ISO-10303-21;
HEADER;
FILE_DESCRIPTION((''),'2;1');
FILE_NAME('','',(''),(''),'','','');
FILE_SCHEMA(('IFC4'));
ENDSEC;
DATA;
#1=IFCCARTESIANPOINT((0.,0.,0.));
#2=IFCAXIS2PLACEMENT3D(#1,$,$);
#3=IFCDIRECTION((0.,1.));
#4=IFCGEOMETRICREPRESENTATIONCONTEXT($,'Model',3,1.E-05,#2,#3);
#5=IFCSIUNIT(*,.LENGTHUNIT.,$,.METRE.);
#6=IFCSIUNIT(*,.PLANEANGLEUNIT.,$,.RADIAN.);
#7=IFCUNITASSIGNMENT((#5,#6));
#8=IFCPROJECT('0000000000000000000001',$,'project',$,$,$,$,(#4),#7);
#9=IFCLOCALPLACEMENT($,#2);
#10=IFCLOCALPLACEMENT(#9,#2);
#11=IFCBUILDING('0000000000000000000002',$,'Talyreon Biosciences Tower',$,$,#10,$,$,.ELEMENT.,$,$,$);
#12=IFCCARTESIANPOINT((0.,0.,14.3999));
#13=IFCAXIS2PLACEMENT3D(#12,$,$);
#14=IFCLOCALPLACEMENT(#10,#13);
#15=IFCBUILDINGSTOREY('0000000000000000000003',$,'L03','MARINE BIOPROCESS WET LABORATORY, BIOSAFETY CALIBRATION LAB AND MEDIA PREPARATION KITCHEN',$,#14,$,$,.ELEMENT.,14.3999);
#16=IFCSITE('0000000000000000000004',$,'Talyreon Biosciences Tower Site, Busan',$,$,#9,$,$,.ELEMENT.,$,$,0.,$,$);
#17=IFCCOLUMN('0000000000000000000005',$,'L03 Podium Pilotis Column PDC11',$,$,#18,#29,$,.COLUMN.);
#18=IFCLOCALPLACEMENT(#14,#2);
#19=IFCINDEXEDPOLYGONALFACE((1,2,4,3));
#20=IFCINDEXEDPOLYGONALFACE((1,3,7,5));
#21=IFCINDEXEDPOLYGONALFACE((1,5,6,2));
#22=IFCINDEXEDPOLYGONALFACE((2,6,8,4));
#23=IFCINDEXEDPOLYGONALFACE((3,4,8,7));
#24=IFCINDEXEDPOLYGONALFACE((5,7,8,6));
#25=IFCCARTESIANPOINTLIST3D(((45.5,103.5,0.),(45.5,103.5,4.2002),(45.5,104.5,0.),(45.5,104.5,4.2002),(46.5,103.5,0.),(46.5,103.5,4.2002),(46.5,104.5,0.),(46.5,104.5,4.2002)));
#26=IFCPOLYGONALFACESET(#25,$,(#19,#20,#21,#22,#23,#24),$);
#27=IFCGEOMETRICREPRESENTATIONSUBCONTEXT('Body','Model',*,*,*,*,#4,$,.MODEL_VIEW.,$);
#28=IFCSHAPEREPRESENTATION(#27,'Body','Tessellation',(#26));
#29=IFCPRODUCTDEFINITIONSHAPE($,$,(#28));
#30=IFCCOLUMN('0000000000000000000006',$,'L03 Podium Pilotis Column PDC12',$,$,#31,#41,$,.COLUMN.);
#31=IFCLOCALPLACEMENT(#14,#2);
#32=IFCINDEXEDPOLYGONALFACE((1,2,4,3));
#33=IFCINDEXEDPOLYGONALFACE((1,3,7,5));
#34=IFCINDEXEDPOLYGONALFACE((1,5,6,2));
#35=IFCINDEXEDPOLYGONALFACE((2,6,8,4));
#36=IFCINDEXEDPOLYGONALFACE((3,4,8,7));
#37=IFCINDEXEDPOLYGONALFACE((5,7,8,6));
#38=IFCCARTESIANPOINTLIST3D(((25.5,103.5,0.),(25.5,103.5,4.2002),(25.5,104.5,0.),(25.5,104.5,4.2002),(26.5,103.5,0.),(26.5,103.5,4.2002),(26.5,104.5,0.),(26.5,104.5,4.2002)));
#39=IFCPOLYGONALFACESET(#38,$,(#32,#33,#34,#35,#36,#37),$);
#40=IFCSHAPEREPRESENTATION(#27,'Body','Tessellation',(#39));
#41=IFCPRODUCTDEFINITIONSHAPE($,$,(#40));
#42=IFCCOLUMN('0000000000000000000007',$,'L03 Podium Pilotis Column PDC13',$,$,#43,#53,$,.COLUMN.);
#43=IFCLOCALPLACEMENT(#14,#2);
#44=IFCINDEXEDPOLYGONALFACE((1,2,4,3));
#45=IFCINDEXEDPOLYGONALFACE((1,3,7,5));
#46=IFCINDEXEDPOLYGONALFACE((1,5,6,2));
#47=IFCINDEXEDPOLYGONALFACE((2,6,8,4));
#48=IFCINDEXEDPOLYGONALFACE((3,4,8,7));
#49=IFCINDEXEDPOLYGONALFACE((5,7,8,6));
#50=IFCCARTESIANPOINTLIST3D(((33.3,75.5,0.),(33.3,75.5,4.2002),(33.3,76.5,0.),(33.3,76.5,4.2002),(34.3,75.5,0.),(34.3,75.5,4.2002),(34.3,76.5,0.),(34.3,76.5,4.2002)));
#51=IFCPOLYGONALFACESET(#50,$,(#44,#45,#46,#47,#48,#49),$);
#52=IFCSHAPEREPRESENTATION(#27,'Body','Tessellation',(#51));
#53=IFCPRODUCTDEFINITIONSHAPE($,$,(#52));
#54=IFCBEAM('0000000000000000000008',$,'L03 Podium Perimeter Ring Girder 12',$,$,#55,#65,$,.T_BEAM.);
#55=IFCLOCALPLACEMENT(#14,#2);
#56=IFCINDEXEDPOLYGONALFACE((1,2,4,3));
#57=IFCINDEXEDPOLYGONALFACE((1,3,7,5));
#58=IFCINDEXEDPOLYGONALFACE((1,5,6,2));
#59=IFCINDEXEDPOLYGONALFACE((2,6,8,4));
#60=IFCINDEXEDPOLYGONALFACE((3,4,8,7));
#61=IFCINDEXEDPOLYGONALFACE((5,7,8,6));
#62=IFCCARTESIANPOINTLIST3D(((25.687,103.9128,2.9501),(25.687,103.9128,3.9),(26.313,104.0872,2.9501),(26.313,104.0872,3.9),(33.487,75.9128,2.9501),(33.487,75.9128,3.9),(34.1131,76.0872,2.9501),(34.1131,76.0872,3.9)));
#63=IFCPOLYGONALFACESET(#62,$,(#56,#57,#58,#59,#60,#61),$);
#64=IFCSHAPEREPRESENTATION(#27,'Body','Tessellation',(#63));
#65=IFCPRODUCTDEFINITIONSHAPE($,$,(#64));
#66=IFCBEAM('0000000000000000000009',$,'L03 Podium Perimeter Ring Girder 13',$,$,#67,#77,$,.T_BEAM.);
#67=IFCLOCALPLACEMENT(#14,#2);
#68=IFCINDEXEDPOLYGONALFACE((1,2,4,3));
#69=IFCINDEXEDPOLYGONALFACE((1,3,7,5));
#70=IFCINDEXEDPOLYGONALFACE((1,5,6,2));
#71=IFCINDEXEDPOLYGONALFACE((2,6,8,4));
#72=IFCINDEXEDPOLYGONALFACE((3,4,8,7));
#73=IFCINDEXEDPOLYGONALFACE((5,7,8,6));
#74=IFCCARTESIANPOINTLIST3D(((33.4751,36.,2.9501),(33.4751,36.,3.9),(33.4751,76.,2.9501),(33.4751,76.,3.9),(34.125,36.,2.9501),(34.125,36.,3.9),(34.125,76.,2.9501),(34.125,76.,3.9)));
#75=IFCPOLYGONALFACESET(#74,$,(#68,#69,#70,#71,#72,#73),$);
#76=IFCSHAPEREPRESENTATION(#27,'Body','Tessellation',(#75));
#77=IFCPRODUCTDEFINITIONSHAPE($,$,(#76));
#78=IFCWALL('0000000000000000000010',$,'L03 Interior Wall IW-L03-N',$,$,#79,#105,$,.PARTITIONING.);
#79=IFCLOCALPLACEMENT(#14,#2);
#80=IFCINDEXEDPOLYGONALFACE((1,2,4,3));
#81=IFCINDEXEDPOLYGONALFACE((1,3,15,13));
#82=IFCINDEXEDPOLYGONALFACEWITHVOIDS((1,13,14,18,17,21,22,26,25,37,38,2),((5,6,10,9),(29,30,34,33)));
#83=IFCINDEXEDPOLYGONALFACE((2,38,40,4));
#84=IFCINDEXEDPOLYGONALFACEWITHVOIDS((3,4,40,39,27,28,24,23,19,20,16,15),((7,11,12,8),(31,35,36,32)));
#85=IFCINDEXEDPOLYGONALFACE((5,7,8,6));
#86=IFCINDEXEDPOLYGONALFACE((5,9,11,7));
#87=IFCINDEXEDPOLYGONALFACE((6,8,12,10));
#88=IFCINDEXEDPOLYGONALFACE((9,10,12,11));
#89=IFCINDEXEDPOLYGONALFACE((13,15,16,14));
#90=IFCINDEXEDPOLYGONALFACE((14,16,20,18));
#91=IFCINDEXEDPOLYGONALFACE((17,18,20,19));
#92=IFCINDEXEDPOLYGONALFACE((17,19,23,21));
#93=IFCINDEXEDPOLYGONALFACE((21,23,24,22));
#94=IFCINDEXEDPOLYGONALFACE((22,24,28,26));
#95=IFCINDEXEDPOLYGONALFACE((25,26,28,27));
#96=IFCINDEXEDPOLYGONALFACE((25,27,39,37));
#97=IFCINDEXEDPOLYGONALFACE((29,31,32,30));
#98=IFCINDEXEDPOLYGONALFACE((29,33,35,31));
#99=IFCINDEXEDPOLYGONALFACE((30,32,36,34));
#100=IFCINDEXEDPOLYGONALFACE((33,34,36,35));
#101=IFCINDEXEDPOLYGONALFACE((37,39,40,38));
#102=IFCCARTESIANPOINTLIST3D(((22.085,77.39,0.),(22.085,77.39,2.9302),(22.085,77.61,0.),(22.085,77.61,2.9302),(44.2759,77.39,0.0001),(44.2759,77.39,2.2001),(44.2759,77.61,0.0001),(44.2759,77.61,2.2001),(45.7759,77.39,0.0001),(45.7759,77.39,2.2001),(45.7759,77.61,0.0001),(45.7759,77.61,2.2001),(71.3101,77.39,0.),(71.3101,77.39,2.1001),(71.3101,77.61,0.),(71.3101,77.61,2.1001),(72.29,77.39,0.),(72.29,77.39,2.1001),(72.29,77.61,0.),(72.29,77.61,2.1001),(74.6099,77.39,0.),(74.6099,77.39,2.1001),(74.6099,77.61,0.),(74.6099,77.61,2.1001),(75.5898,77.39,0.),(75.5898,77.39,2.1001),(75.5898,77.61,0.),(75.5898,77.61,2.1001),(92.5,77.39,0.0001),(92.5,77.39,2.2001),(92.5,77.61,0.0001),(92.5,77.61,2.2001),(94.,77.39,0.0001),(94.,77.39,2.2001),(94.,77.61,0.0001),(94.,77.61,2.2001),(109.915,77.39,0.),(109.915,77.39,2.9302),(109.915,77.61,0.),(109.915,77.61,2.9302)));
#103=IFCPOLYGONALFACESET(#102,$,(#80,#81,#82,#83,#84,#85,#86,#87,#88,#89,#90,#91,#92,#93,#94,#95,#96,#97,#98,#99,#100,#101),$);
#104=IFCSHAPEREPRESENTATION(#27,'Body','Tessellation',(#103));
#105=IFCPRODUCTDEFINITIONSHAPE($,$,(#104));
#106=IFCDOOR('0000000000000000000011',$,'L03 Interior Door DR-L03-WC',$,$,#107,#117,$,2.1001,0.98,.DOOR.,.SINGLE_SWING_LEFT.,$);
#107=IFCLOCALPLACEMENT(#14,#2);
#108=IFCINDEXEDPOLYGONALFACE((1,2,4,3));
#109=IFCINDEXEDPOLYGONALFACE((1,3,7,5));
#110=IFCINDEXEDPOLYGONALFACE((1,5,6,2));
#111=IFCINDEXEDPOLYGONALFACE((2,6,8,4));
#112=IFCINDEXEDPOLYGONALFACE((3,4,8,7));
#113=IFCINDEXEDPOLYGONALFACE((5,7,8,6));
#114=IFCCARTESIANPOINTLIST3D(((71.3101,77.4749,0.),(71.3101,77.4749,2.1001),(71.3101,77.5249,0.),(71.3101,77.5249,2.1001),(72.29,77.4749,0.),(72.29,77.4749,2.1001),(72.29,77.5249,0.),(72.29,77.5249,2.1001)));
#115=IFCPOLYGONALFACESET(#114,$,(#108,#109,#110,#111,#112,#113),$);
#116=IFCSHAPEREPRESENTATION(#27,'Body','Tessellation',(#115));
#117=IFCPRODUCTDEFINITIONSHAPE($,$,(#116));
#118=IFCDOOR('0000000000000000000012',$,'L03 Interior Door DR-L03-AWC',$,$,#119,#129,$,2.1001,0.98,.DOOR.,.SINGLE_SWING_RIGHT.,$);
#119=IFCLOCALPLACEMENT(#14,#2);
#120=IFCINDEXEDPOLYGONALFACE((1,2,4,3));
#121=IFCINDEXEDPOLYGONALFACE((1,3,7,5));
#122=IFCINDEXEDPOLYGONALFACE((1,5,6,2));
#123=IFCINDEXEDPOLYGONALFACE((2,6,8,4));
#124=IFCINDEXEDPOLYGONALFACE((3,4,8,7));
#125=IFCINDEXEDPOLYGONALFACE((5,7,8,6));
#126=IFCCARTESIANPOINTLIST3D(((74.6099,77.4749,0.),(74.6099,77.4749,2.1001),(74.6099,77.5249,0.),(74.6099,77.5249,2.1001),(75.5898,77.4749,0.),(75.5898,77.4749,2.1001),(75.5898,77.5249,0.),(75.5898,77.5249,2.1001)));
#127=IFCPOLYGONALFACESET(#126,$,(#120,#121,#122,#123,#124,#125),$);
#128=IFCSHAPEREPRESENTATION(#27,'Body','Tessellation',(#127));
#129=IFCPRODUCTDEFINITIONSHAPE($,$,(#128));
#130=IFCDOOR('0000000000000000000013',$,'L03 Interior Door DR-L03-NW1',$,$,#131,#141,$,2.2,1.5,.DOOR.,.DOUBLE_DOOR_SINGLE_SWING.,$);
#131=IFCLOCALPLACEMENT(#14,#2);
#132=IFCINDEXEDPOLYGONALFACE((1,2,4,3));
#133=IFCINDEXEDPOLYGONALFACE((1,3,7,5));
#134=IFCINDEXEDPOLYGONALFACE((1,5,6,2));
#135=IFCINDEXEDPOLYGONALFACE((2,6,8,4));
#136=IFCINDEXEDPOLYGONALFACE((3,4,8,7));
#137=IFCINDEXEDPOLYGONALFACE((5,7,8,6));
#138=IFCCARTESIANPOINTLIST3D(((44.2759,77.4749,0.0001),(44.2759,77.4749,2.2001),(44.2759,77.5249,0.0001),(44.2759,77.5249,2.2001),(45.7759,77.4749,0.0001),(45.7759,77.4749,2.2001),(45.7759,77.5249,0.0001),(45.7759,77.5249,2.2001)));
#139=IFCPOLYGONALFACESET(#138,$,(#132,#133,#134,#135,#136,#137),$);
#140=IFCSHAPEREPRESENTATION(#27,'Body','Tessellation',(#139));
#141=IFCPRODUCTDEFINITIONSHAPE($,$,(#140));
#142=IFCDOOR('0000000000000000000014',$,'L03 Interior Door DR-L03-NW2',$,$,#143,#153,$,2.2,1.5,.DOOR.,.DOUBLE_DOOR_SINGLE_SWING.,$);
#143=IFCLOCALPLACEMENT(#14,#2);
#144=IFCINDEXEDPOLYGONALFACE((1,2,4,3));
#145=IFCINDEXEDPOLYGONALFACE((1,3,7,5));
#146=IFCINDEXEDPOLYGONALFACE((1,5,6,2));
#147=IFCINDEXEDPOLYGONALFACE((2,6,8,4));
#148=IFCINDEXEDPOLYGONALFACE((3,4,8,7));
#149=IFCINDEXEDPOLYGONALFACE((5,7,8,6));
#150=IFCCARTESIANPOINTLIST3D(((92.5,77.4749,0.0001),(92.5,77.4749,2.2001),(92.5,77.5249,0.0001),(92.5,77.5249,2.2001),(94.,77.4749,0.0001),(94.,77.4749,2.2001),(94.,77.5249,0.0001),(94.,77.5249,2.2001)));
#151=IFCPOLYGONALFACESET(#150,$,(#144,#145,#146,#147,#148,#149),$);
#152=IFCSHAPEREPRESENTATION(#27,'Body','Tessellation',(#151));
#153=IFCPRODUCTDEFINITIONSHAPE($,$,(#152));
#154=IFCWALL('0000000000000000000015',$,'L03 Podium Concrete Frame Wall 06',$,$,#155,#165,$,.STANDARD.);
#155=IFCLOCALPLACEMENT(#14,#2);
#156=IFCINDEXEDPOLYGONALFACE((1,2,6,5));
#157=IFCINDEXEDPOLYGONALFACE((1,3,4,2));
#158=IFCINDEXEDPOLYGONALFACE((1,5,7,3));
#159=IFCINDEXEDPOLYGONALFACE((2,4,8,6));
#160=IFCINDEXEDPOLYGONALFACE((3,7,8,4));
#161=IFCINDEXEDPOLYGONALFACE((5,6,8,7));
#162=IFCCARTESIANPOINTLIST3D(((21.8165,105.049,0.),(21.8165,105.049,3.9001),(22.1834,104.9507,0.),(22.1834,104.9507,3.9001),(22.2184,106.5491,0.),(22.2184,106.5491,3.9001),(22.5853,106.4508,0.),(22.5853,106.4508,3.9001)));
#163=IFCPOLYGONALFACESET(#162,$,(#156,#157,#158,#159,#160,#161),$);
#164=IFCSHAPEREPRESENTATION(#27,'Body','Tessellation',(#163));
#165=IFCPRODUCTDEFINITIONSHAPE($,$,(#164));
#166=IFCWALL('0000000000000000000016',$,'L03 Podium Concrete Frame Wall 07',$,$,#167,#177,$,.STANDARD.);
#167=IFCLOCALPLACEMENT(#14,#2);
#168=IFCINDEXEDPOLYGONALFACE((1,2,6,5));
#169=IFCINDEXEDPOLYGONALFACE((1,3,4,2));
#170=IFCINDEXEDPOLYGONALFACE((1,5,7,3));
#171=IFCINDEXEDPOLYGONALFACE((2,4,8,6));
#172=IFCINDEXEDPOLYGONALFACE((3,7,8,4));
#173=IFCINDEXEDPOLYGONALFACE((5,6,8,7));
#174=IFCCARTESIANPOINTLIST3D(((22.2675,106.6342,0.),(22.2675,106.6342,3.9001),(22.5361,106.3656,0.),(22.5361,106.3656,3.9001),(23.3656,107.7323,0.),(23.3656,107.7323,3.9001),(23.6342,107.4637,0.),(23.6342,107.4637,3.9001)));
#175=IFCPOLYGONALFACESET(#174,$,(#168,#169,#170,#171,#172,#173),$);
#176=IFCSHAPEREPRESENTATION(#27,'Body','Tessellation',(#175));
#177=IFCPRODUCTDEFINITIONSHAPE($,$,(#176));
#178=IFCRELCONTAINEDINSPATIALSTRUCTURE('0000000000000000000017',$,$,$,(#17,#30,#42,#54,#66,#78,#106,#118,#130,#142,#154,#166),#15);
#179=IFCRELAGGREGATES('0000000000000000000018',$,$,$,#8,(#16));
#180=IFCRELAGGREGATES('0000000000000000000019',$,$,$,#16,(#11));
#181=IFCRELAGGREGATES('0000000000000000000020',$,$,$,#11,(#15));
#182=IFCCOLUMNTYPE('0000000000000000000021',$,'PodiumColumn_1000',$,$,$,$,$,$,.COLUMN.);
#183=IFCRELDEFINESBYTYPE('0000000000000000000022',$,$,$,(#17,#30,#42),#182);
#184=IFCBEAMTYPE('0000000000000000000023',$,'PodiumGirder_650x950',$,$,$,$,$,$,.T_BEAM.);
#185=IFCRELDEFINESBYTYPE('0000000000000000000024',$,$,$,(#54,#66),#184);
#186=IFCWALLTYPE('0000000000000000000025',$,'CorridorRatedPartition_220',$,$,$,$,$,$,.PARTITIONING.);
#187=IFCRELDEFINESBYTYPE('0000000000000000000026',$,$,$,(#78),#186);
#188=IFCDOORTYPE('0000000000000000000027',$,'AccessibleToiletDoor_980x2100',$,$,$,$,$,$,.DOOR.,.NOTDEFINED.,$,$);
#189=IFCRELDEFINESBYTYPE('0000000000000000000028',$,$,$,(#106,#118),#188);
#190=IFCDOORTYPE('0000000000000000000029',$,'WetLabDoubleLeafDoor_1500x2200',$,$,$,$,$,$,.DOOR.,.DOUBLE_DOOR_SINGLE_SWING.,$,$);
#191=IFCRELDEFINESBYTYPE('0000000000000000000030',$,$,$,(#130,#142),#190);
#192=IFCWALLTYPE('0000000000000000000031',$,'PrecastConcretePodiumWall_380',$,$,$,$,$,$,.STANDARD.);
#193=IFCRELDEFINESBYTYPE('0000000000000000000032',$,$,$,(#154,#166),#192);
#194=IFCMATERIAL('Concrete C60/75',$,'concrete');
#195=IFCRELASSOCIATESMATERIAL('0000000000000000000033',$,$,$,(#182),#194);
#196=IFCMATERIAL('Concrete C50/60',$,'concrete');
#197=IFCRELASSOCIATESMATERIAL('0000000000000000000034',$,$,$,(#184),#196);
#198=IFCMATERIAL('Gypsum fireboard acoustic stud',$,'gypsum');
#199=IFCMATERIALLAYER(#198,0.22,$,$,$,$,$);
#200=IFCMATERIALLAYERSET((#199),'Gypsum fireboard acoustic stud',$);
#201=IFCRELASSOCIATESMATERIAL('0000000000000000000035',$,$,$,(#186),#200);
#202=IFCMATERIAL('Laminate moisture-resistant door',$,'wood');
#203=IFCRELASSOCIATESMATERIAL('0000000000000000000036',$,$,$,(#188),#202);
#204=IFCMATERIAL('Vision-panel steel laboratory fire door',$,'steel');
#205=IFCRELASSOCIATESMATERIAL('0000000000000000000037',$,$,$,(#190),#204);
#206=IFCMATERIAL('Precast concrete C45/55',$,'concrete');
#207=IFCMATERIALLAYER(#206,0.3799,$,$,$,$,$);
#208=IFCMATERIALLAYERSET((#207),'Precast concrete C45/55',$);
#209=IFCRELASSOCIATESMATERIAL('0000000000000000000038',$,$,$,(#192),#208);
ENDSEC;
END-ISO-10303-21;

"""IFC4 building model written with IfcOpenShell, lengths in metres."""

from ifc_helpers import new_model, si_unit, direction, frame, frame_2d, origin, origin_2d, place, context, subcontext, project, spatial, rectangle, extrude, material, layer, layer_set, material_profile, profile_set, type_object, element, fill, save


model = new_model("IFC4")

# Units and contexts
model_context = context("Model", 3, precision=1e-05, world=origin(), true_north=direction((0.0, 1.0)))
body_context = subcontext(model_context, "Body", "Model", "MODEL_VIEW")
ifc_project = project(units=[si_unit("LENGTHUNIT", "METRE"), si_unit("PLANEANGLEUNIT", "RADIAN")], contexts=[model_context])

# Site, building, storey
site_placement = place(None, origin())
site = spatial("IfcSite", under=ifc_project, at=site_placement, Name="Talyreon Biosciences Tower Site, Busan", CompositionType="ELEMENT", RefElevation=0.0)
building_placement = place(site_placement, origin())
building = spatial("IfcBuilding", under=site, at=building_placement, Name="Talyreon Biosciences Tower", CompositionType="ELEMENT")
storey_placement = place(building_placement, frame((0.0, 0.0, 14.3999)))
storey = spatial("IfcBuildingStorey", under=building, at=storey_placement, Name="L03", Description="MARINE BIOPROCESS WET LABORATORY, BIOSAFETY CALIBRATION LAB AND MEDIA PREPARATION KITCHEN", CompositionType="ELEMENT", Elevation=14.3999)

# Columns
ifc_material_1 = material(Name="Concrete C60/75", Category="concrete")
ifc_material_profile_1 = material_profile(ifc_material_1, rectangle(XDim=1.0, YDim=1.0, at=origin_2d()), Name="RC 1000x1000")
ifc_profile_set_1 = profile_set([ifc_material_profile_1], Name="Concrete C60/75")
column_type = type_object("IfcColumnType", Name="PodiumColumn_1000", PredefinedType="COLUMN", material=ifc_profile_set_1)
for number, where, z_axis, x_axis, name in (
    (1, (46.0, 104.0, 0.0), (0.0, 0.0, 1.0), (1.0, 0.0, 0.0), "L03 Podium Pilotis Column PDC11"),
    (2, (26.0, 104.0, 0.0), (0.0, 0.0, 1.0), (1.0, 0.0, 0.0), "L03 Podium Pilotis Column PDC12"),
    (3, (33.8, 76.0, 0.0), (0.0, 0.0, 1.0), (1.0, 0.0, 0.0), "L03 Podium Pilotis Column PDC13"),
):
    element("IfcColumn", number, at=place(storey_placement, frame(where, z_axis=z_axis, x_axis=x_axis)), inside=storey, type_object=column_type, Name=name, PredefinedType="COLUMN", context=body_context, shape_type="SweptSolid", body=[
        extrude(rectangle(XDim=1.0, YDim=1.0, at=origin_2d()), origin(), (0.0, 0.0, 1.0), 4.2002),
    ])

# Beams
ifc_material_2 = material(Name="Concrete C50/60", Category="concrete")
ifc_material_profile_2 = material_profile(ifc_material_2, rectangle(XDim=0.6499, YDim=0.95, at=origin_2d()), Name="RCB 650x950")
ifc_profile_set_2 = profile_set([ifc_material_profile_2], Name="Concrete C50/60")
beam_type = type_object("IfcBeamType", Name="PodiumGirder_650x950", PredefinedType="T_BEAM", material=ifc_profile_set_2)
beam_1_placement = place(storey_placement, frame((26.0, 104.0, 3.425), z_axis=(0.268355, -0.96332, 0.0), x_axis=(0.96332, 0.268355, 0.0)))
element("IfcBeam", 4, at=beam_1_placement, inside=storey, type_object=beam_type, Name="L03 Podium Perimeter Ring Girder 12", PredefinedType="T_BEAM", context=body_context, shape_type="SweptSolid", body=[
    extrude(rectangle(XDim=0.6499, YDim=0.95, at=origin_2d()), origin(), (0.0, 0.0, 1.0), 29.0662),
])
beam_2_placement = place(storey_placement, frame((33.8, 76.0, 3.425), z_axis=(0.0, -1.0, 0.0), x_axis=(1.0, 0.0, 0.0)))
element("IfcBeam", 5, at=beam_2_placement, inside=storey, type_object=beam_type, Name="L03 Podium Perimeter Ring Girder 13", PredefinedType="T_BEAM", context=body_context, shape_type="SweptSolid", body=[
    extrude(rectangle(XDim=0.6499, YDim=0.95, at=origin_2d()), origin(), (0.0, 0.0, 1.0), 40.0),
])

# Wall, openings, doors
ifc_material_3 = material(Name="Gypsum fireboard acoustic stud", Category="gypsum")
ifc_layer_1 = layer(ifc_material_3, 0.22)
ifc_layer_set_1 = layer_set([ifc_layer_1], Name="Gypsum fireboard acoustic stud")
wall_type_1 = type_object("IfcWallType", Name="CorridorRatedPartition_220", PredefinedType="PARTITIONING", material=ifc_layer_set_1)
wall_1_placement = place(storey_placement, frame((22.085, 77.5, 0.0), z_axis=(0.0, 0.0, 1.0), x_axis=(1.0, 0.0, 0.0)))
wall_1 = element("IfcWall", 6, at=wall_1_placement, inside=storey, type_object=wall_type_1, Name="L03 Interior Wall IW-L03-N", PredefinedType="PARTITIONING", context=body_context, shape_type="SweptSolid", body=[
    extrude(rectangle(XDim=87.8301, YDim=0.22, at=frame_2d((43.915, 0.0))), origin(), (0.0, 0.0, 1.0), 2.9302),
])
opening_1_placement = place(wall_1_placement, frame((22.1909, 0.0, 0.0)))
opening_1 = element("IfcOpeningElement", 7, at=opening_1_placement, cuts=wall_1, PredefinedType="OPENING", context=body_context, shape_type="SweptSolid", body=[
    extrude(rectangle(XDim=1.5, YDim=2.2, at=frame_2d((0.75, 1.1001))), frame((0.0, 0.1199, 0.0), z_axis=(0.0, -1.0, 0.0), x_axis=(1.0, 0.0, 0.0)), (0.0, 0.0, 1.0), 0.24),
])
opening_2_placement = place(wall_1_placement, frame((49.2251, 0.0, 0.0)))
opening_2 = element("IfcOpeningElement", 8, at=opening_2_placement, cuts=wall_1, PredefinedType="OPENING", context=body_context, shape_type="SweptSolid", body=[
    extrude(rectangle(XDim=0.98, YDim=2.1001, at=frame_2d((0.49, 1.05))), frame((0.0, 0.1199, 0.0), z_axis=(0.0, -1.0, 0.0), x_axis=(1.0, 0.0, 0.0)), (0.0, 0.0, 1.0), 0.24),
])
opening_3_placement = place(wall_1_placement, frame((52.5249, 0.0, 0.0)))
opening_3 = element("IfcOpeningElement", 9, at=opening_3_placement, cuts=wall_1, PredefinedType="OPENING", context=body_context, shape_type="SweptSolid", body=[
    extrude(rectangle(XDim=0.98, YDim=2.1001, at=frame_2d((0.49, 1.05))), frame((0.0, 0.1199, 0.0), z_axis=(0.0, -1.0, 0.0), x_axis=(1.0, 0.0, 0.0)), (0.0, 0.0, 1.0), 0.24),
])
opening_4_placement = place(wall_1_placement, frame((70.415, 0.0, 0.0)))
opening_4 = element("IfcOpeningElement", 10, at=opening_4_placement, cuts=wall_1, PredefinedType="OPENING", context=body_context, shape_type="SweptSolid", body=[
    extrude(rectangle(XDim=1.5, YDim=2.2, at=frame_2d((0.75, 1.1001))), frame((0.0, 0.1199, 0.0), z_axis=(0.0, -1.0, 0.0), x_axis=(1.0, 0.0, 0.0)), (0.0, 0.0, 1.0), 0.24),
])
ifc_material_4 = material(Name="Laminate moisture-resistant door", Category="wood")
door_type_1 = type_object("IfcDoorType", Name="AccessibleToiletDoor_980x2100", OperationType="NOTDEFINED", PredefinedType="DOOR", material=ifc_material_4)
door_1_placement = place(opening_2_placement, origin())
door_1 = element("IfcDoor", 11, at=door_1_placement, inside=storey, type_object=door_type_1, Name="L03 Interior Door DR-L03-WC", OperationType="SINGLE_SWING_LEFT", OverallHeight=2.1001, OverallWidth=0.98, PredefinedType="DOOR", context=body_context, shape_type="SweptSolid", body=[
    extrude(rectangle(XDim=0.98, YDim=2.1001, at=frame_2d((0.49, 1.05))), frame((0.0, 0.0249, 0.0), z_axis=(0.0, -1.0, 0.0), x_axis=(1.0, 0.0, 0.0)), (0.0, 0.0, 1.0), 0.05),
])
fill(opening_2, door_1)
door_2_placement = place(opening_3_placement, origin())
door_2 = element("IfcDoor", 12, at=door_2_placement, inside=storey, type_object=door_type_1, Name="L03 Interior Door DR-L03-AWC", OperationType="SINGLE_SWING_RIGHT", OverallHeight=2.1001, OverallWidth=0.98, PredefinedType="DOOR", context=body_context, shape_type="SweptSolid", body=[
    extrude(rectangle(XDim=0.98, YDim=2.1001, at=frame_2d((0.49, 1.05))), frame((0.0, 0.0249, 0.0), z_axis=(0.0, -1.0, 0.0), x_axis=(1.0, 0.0, 0.0)), (0.0, 0.0, 1.0), 0.05),
])
fill(opening_3, door_2)
ifc_material_5 = material(Name="Vision-panel steel laboratory fire door", Category="steel")
door_type_2 = type_object("IfcDoorType", Name="WetLabDoubleLeafDoor_1500x2200", OperationType="DOUBLE_DOOR_SINGLE_SWING", PredefinedType="DOOR", material=ifc_material_5)
door_3_placement = place(opening_1_placement, origin())
door_3 = element("IfcDoor", 13, at=door_3_placement, inside=storey, type_object=door_type_2, Name="L03 Interior Door DR-L03-NW1", OperationType="DOUBLE_DOOR_SINGLE_SWING", OverallHeight=2.2, OverallWidth=1.5, PredefinedType="DOOR", context=body_context, shape_type="SweptSolid", body=[
    extrude(rectangle(XDim=1.5, YDim=2.2, at=frame_2d((0.75, 1.1001))), frame((0.0, 0.0249, 0.0), z_axis=(0.0, -1.0, 0.0), x_axis=(1.0, 0.0, 0.0)), (0.0, 0.0, 1.0), 0.05),
])
fill(opening_1, door_3)
door_4_placement = place(opening_4_placement, origin())
door_4 = element("IfcDoor", 14, at=door_4_placement, inside=storey, type_object=door_type_2, Name="L03 Interior Door DR-L03-NW2", OperationType="DOUBLE_DOOR_SINGLE_SWING", OverallHeight=2.2, OverallWidth=1.5, PredefinedType="DOOR", context=body_context, shape_type="SweptSolid", body=[
    extrude(rectangle(XDim=1.5, YDim=2.2, at=frame_2d((0.75, 1.1001))), frame((0.0, 0.0249, 0.0), z_axis=(0.0, -1.0, 0.0), x_axis=(1.0, 0.0, 0.0)), (0.0, 0.0, 1.0), 0.05),
])
fill(opening_4, door_4)

# Walls
ifc_material_6 = material(Name="Precast concrete C45/55", Category="concrete")
ifc_layer_2 = layer(ifc_material_6, 0.3799)
ifc_layer_set_2 = layer_set([ifc_layer_2], Name="Precast concrete C45/55")
wall_type_2 = type_object("IfcWallType", Name="PrecastConcretePodiumWall_380", PredefinedType="STANDARD", material=ifc_layer_set_2)
for number, where, z_axis, x_axis, name in (
    (15, (22.0, 105.0, 0.0), (0.0, 0.0, 1.0), (0.258778, 0.965937, 0.0), "L03 Podium Concrete Frame Wall 06"),
    (16, (22.4019, 106.5, 0.0), (0.0, 0.0, 1.0), (0.707107, 0.707107, 0.0), "L03 Podium Concrete Frame Wall 07"),
):
    element("IfcWall", number, at=place(storey_placement, frame(where, z_axis=z_axis, x_axis=x_axis)), inside=storey, type_object=wall_type_2, Name=name, PredefinedType="STANDARD", context=body_context, shape_type="SweptSolid", body=[
        extrude(rectangle(XDim=1.553, YDim=0.3799, at=frame_2d((0.7764, 0.0))), origin(), (0.0, 0.0, 1.0), 3.9001),
    ])

save(model, "model.ifc")
